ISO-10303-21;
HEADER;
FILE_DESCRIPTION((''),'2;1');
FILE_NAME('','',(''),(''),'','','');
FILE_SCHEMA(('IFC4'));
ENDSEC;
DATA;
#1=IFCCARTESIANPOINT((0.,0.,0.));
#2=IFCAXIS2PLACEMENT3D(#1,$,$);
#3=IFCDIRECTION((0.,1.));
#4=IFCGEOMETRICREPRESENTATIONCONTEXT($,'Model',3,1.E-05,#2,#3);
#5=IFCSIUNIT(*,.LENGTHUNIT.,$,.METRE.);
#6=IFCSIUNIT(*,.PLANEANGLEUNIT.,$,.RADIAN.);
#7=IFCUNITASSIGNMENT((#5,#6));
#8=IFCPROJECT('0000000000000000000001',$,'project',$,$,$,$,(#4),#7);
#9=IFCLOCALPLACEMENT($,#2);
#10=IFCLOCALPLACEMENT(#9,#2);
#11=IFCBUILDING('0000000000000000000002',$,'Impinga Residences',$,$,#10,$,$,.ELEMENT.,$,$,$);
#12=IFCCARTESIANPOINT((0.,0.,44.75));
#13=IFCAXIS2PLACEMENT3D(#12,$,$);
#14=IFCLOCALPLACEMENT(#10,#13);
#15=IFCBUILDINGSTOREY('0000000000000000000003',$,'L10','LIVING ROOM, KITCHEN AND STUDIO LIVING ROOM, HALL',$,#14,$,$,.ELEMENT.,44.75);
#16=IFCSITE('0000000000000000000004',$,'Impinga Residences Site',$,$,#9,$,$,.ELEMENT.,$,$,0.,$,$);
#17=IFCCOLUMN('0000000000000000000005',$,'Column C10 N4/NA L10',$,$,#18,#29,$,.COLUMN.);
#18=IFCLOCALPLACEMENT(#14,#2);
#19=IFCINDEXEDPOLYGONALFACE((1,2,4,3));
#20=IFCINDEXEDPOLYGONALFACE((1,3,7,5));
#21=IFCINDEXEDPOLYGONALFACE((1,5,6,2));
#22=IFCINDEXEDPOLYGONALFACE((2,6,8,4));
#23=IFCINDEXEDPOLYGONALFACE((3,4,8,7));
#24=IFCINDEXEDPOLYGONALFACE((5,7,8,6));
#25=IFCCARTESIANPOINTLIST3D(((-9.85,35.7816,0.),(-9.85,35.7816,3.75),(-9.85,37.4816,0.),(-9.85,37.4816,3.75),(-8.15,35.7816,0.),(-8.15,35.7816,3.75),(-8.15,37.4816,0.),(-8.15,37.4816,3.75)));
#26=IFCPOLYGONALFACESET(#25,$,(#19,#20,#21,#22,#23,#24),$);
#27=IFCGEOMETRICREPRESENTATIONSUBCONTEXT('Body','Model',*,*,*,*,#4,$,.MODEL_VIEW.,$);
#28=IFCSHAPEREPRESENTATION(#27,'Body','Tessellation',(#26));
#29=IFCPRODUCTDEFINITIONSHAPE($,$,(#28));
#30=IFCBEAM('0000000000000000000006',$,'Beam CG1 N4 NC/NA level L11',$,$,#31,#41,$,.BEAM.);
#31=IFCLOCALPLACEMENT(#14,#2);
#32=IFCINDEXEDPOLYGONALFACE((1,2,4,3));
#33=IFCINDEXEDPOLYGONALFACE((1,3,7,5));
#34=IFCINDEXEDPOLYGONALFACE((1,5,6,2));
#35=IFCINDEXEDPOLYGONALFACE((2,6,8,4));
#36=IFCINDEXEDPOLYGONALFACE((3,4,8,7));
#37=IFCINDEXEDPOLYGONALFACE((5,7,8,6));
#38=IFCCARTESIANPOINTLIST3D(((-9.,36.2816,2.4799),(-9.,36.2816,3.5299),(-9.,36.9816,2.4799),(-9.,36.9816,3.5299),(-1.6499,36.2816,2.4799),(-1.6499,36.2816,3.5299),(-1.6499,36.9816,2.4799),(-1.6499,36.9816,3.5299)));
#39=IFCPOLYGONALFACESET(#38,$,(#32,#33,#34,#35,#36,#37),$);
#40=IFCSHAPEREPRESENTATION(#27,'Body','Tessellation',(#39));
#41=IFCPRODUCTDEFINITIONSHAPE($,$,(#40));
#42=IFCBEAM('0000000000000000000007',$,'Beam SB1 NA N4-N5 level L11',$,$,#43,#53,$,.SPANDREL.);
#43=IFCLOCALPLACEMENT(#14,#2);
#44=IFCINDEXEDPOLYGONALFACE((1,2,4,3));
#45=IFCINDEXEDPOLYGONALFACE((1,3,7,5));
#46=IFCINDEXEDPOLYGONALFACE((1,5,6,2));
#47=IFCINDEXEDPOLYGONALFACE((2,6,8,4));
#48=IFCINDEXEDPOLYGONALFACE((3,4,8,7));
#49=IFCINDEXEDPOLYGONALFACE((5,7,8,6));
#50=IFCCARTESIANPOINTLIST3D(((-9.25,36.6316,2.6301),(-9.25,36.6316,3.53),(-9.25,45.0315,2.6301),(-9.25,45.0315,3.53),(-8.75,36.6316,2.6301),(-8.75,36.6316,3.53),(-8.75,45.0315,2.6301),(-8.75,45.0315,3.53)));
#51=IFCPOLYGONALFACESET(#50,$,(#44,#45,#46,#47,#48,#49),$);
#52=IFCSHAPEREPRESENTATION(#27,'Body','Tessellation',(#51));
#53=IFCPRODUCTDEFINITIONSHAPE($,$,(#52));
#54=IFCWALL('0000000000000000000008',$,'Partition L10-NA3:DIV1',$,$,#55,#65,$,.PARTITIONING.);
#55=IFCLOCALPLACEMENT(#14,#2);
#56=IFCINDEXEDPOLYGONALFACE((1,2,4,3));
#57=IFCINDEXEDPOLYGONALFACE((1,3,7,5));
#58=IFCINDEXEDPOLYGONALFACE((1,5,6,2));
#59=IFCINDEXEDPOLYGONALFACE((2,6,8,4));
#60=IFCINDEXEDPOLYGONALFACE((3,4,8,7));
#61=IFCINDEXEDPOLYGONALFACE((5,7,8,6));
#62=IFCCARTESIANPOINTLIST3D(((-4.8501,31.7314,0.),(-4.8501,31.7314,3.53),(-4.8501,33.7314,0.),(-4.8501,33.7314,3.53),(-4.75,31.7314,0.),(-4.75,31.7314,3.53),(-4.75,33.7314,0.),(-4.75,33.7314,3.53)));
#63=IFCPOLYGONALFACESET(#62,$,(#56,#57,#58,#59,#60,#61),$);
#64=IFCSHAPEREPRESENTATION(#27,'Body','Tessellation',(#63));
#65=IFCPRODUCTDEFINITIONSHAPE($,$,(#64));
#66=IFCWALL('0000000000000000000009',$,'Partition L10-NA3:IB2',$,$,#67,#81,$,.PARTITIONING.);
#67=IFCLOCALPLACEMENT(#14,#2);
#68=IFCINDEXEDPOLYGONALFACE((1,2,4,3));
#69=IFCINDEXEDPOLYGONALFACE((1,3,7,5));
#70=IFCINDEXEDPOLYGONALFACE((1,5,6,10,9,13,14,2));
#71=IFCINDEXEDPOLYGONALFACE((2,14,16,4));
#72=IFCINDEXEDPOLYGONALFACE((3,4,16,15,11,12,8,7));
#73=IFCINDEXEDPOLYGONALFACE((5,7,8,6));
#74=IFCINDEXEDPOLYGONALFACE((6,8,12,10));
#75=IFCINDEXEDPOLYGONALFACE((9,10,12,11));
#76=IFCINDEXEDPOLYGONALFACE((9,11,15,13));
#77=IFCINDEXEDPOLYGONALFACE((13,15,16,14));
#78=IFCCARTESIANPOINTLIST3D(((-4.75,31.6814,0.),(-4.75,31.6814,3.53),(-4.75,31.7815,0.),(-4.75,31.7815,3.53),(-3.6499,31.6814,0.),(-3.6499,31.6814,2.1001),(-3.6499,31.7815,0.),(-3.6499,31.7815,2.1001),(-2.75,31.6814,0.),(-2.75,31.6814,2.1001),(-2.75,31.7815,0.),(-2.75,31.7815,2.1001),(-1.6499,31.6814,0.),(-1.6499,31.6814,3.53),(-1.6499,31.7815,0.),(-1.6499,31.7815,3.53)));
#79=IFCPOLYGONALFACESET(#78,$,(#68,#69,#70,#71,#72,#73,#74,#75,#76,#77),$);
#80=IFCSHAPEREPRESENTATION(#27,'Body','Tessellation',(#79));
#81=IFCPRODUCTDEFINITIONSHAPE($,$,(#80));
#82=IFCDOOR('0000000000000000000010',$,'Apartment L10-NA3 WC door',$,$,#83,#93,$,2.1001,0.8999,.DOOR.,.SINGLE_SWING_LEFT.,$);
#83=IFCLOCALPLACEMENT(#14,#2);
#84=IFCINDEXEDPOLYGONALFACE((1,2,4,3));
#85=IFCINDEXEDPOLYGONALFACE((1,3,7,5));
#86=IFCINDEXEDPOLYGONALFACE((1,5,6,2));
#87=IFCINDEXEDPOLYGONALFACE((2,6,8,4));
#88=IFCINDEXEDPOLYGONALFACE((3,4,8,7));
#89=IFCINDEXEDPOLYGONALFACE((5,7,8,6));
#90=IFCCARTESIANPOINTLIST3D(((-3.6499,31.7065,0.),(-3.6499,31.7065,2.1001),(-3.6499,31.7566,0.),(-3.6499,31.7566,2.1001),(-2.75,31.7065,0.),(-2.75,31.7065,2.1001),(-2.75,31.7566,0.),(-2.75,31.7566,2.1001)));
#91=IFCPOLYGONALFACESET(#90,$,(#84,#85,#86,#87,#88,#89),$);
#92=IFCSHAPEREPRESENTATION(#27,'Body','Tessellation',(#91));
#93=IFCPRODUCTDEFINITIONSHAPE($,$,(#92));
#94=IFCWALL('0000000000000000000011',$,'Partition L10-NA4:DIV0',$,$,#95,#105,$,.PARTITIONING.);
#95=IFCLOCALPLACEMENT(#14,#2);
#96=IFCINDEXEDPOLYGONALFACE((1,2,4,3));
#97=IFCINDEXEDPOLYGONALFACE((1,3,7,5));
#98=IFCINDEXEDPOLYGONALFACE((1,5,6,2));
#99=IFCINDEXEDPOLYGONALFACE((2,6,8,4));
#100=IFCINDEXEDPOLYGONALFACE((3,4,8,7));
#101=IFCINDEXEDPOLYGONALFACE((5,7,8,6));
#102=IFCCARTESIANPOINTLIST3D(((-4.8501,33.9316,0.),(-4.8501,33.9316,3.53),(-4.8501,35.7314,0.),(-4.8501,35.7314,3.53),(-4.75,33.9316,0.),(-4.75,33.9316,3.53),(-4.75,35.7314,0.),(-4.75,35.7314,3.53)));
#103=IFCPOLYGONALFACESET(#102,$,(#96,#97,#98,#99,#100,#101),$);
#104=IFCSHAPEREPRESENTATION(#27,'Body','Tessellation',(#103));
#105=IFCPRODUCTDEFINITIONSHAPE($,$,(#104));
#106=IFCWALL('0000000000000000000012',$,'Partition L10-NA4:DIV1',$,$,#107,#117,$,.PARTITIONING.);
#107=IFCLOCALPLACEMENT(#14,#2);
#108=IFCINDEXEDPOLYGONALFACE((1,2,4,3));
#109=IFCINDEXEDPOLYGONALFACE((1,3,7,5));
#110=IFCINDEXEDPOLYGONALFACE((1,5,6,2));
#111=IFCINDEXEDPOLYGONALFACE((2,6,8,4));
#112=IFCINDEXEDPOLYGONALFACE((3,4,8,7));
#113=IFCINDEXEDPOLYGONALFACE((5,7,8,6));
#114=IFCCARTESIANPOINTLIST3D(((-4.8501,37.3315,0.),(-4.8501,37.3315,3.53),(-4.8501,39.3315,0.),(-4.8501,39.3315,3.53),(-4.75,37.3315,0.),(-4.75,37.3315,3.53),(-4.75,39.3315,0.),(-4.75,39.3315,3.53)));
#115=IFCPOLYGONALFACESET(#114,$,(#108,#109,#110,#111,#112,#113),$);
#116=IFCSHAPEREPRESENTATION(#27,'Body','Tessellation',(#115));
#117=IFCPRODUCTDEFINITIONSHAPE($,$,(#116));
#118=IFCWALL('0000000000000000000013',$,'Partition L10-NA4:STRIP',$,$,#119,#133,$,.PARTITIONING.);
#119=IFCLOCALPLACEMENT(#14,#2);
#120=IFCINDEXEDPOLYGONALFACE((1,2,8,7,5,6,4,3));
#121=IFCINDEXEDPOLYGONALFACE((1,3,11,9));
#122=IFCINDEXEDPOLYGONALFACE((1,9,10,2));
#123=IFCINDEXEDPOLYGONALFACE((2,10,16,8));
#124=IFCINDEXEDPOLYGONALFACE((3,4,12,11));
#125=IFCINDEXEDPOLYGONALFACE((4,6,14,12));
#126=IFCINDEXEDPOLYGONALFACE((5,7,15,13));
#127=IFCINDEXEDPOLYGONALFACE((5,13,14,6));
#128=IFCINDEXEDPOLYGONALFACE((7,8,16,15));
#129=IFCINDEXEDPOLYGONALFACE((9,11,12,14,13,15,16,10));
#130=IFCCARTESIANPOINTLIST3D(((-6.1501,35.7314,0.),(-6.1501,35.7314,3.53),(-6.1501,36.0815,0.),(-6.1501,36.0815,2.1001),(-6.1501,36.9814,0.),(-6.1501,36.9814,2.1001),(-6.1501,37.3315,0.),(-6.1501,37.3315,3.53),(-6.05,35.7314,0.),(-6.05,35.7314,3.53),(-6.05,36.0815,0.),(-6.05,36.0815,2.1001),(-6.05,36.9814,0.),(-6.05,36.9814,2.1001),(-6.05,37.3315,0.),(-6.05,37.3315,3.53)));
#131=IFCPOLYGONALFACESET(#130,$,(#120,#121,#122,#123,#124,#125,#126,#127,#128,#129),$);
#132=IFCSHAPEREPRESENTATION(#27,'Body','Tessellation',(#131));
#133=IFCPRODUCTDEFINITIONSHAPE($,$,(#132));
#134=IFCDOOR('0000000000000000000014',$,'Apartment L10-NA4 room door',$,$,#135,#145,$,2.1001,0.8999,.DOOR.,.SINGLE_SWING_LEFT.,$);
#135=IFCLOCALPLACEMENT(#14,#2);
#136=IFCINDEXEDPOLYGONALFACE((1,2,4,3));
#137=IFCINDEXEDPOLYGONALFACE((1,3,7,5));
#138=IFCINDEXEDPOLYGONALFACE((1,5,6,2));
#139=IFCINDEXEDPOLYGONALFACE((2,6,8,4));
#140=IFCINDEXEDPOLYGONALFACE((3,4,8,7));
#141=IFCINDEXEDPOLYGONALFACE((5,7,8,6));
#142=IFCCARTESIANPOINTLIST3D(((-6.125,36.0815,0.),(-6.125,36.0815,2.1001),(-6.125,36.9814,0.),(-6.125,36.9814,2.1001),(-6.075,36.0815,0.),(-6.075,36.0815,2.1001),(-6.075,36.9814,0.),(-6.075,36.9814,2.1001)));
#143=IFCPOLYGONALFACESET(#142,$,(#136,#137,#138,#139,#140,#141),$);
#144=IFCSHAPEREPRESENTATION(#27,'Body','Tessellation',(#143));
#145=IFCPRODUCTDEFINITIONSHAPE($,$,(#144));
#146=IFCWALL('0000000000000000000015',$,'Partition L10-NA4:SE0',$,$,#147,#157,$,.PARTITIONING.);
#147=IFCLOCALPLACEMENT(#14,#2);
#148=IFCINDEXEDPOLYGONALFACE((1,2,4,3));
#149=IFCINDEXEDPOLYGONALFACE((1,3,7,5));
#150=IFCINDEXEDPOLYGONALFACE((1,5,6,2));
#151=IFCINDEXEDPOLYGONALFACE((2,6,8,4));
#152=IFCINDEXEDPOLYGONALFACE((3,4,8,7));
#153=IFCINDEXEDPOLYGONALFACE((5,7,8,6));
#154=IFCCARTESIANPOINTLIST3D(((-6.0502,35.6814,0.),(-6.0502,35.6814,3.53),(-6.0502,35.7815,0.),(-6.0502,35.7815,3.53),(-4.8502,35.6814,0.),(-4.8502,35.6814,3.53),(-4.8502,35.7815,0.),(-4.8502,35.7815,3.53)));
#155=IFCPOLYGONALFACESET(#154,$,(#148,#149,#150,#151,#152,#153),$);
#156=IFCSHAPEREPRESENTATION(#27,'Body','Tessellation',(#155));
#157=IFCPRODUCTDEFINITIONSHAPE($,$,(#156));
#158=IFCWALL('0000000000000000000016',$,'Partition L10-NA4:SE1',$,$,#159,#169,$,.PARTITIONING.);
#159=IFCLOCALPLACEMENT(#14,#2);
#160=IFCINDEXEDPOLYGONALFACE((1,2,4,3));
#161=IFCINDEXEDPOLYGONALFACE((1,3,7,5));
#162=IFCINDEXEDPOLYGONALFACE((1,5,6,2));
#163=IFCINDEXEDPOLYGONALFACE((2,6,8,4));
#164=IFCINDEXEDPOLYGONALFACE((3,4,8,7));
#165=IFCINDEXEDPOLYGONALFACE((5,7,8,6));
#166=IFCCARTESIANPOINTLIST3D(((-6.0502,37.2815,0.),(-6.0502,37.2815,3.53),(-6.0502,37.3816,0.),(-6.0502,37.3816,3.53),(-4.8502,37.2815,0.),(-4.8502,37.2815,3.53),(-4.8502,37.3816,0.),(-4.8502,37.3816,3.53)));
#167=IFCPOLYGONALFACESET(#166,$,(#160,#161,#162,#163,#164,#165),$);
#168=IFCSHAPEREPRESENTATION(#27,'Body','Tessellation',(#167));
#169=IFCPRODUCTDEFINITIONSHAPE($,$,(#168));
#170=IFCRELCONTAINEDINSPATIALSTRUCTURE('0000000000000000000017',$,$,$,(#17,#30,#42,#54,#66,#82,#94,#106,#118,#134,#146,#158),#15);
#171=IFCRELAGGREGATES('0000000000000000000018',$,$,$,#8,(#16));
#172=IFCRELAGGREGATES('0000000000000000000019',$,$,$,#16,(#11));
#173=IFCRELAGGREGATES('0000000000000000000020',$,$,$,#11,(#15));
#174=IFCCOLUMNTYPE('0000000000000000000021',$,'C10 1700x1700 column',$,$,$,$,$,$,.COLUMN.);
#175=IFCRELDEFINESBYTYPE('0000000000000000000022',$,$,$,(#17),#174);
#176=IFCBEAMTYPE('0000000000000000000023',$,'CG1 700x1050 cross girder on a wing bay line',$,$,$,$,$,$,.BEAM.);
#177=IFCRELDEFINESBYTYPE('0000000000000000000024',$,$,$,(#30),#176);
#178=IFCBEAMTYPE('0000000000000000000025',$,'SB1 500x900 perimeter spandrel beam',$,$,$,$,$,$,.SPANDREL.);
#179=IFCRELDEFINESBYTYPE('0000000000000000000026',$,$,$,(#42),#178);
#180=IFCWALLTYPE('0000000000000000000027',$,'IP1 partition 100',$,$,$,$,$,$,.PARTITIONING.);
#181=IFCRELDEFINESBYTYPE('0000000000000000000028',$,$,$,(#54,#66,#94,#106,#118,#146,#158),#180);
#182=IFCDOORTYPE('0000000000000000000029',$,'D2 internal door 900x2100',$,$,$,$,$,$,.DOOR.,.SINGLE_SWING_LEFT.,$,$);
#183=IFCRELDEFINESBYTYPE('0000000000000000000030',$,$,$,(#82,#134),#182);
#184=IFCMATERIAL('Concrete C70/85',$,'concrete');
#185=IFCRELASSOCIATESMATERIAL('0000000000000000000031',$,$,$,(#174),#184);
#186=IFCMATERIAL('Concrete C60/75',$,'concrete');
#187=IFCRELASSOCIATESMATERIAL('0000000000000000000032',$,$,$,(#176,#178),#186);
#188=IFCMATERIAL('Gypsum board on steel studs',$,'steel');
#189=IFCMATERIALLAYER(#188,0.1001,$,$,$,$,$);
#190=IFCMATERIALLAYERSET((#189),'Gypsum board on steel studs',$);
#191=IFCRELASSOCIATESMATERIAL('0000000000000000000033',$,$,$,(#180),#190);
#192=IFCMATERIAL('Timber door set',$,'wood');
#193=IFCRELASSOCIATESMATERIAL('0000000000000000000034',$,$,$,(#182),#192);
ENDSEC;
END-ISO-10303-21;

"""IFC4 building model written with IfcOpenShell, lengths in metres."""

from ifc_helpers import new_model, si_unit, direction, frame, frame_2d, origin, origin_2d, place, context, subcontext, project, spatial, rectangle, extrude, material, layer, layer_set, material_profile, profile_set, type_object, element, fill, save


model = new_model("IFC4")

# Units and contexts
model_context = context("Model", 3, precision=1e-05, world=origin(), true_north=direction((0.0, 1.0)))
body_context = subcontext(model_context, "Body", "Model", "MODEL_VIEW")
ifc_project = project(units=[si_unit("LENGTHUNIT", "METRE"), si_unit("PLANEANGLEUNIT", "RADIAN")], contexts=[model_context])

# Site, building, storey
site_placement = place(None, origin())
site = spatial("IfcSite", under=ifc_project, at=site_placement, Name="Impinga Residences Site", CompositionType="ELEMENT", RefElevation=0.0)
building_placement = place(site_placement, origin())
building = spatial("IfcBuilding", under=site, at=building_placement, Name="Impinga Residences", CompositionType="ELEMENT")
storey_placement = place(building_placement, frame((0.0, 0.0, 44.75)))
storey = spatial("IfcBuildingStorey", under=building, at=storey_placement, Name="L10", Description="LIVING ROOM, KITCHEN AND STUDIO LIVING ROOM, HALL", CompositionType="ELEMENT", Elevation=44.75)

# Column
ifc_material_1 = material(Name="Concrete C70/85", Category="concrete")
ifc_material_profile_1 = material_profile(ifc_material_1, rectangle(XDim=1.7, YDim=1.7, at=origin_2d()), Name="RC 1700x1700")
ifc_profile_set_1 = profile_set([ifc_material_profile_1], Name="Concrete C70/85")
column_type = type_object("IfcColumnType", Name="C10 1700x1700 column", PredefinedType="COLUMN", material=ifc_profile_set_1)
column_placement = place(storey_placement, frame((-9.0, 36.6316, 0.0), z_axis=(0.0, 0.0, 1.0), x_axis=(1.0, 0.0, 0.0)))
element("IfcColumn", 1, at=column_placement, inside=storey, type_object=column_type, Name="Column C10 N4/NA L10", PredefinedType="COLUMN", context=body_context, shape_type="SweptSolid", body=[
    extrude(rectangle(XDim=1.7, YDim=1.7, at=origin_2d()), origin(), (0.0, 0.0, 1.0), 3.75),
])

# Beams
ifc_material_2 = material(Name="Concrete C60/75", Category="concrete")
ifc_material_profile_2 = material_profile(ifc_material_2, rectangle(XDim=0.7, YDim=1.05, at=origin_2d()), Name="RC 700x1050")
ifc_profile_set_2 = profile_set([ifc_material_profile_2], Name="Concrete C60/75")
beam_type_1 = type_object("IfcBeamType", Name="CG1 700x1050 cross girder on a wing bay line", PredefinedType="BEAM", material=ifc_profile_set_2)
beam_1_placement = place(storey_placement, frame((-1.6499, 36.6316, 3.0049), z_axis=(-1.0, 0.0, 0.0), x_axis=(0.0, -1.0, 0.0)))
element("IfcBeam", 2, at=beam_1_placement, inside=storey, type_object=beam_type_1, Name="Beam CG1 N4 NC/NA level L11", PredefinedType="BEAM", context=body_context, shape_type="SweptSolid", body=[
    extrude(rectangle(XDim=0.7, YDim=1.05, at=origin_2d()), origin(), (0.0, 0.0, 1.0), 7.3501),
])
ifc_material_profile_3 = material_profile(ifc_material_2, rectangle(XDim=0.5, YDim=0.8999, at=origin_2d()), Name="RC 500x900")
ifc_profile_set_3 = profile_set([ifc_material_profile_3], Name="Concrete C60/75")
beam_type_2 = type_object("IfcBeamType", Name="SB1 500x900 perimeter spandrel beam", PredefinedType="SPANDREL", material=ifc_profile_set_3)
beam_2_placement = place(storey_placement, frame((-9.0, 36.6316, 3.0801), z_axis=(0.0, 1.0, 0.0), x_axis=(-1.0, 0.0, 0.0)))
element("IfcBeam", 3, at=beam_2_placement, inside=storey, type_object=beam_type_2, Name="Beam SB1 NA N4-N5 level L11", PredefinedType="SPANDREL", context=body_context, shape_type="SweptSolid", body=[
    extrude(rectangle(XDim=0.5, YDim=0.8999, at=origin_2d()), origin(), (0.0, 0.0, 1.0), 8.3999),
])

# Wall
ifc_material_3 = material(Name="Gypsum board on steel studs", Category="steel")
ifc_layer_1 = layer(ifc_material_3, 0.1001)
ifc_layer_set_1 = layer_set([ifc_layer_1], Name="Gypsum board on steel studs")
wall_type_1 = type_object("IfcWallType", Name="IP1 partition 100", PredefinedType="PARTITIONING", material=ifc_layer_set_1)
wall_1_placement = place(storey_placement, frame((-4.8, 31.7314, 0.0), z_axis=(0.0, 0.0, 1.0), x_axis=(0.0, 1.0, 0.0)))
element("IfcWall", 4, at=wall_1_placement, inside=storey, type_object=wall_type_1, Name="Partition L10-NA3:DIV1", PredefinedType="PARTITIONING", context=body_context, shape_type="SweptSolid", body=[
    extrude(rectangle(XDim=2.0, YDim=0.1001, at=frame_2d((1.0, 0.0))), origin(), (0.0, 0.0, 1.0), 3.53),
])

# Wall, opening, door
wall_2_placement = place(storey_placement, frame((-1.6499, 31.7314, 0.0), z_axis=(0.0, 0.0, 1.0), x_axis=(-1.0, 0.0, 0.0)))
wall_2 = element("IfcWall", 5, at=wall_2_placement, inside=storey, type_object=wall_type_1, Name="Partition L10-NA3:IB2", PredefinedType="PARTITIONING", context=body_context, shape_type="SweptSolid", body=[
    extrude(rectangle(XDim=3.1001, YDim=0.1001, at=frame_2d((1.55, 0.0))), origin(), (0.0, 0.0, 1.0), 3.53),
])
opening_1_placement = place(wall_2_placement, frame((1.1001, 0.0, 0.0)))
opening_1 = element("IfcOpeningElement", 6, at=opening_1_placement, cuts=wall_2, PredefinedType="OPENING", context=body_context, shape_type="SweptSolid", body=[
    extrude(rectangle(XDim=0.8999, YDim=2.1001, at=frame_2d((0.45, 1.05))), frame((0.0, 0.0601, 0.0), z_axis=(0.0, -1.0, 0.0), x_axis=(1.0, 0.0, 0.0)), (0.0, 0.0, 1.0), 0.1201),
])
ifc_material_4 = material(Name="Timber door set", Category="wood")
door_type = type_object("IfcDoorType", Name="D2 internal door 900x2100", OperationType="SINGLE_SWING_LEFT", PredefinedType="DOOR", material=ifc_material_4)
door_1_placement = place(opening_1_placement, origin())
door_1 = element("IfcDoor", 7, at=door_1_placement, inside=storey, type_object=door_type, Name="Apartment L10-NA3 WC door", OperationType="SINGLE_SWING_LEFT", OverallHeight=2.1001, OverallWidth=0.8999, PredefinedType="DOOR", context=body_context, shape_type="SweptSolid", body=[
    extrude(rectangle(XDim=0.8999, YDim=2.1001, at=frame_2d((0.45, 1.05))), frame((0.0, 0.0249, 0.0), z_axis=(0.0, -1.0, 0.0), x_axis=(1.0, 0.0, 0.0)), (0.0, 0.0, 1.0), 0.05),
])
fill(opening_1, door_1)

# Walls
wall_3_placement = place(storey_placement, frame((-4.8, 33.9316, 0.0), z_axis=(0.0, 0.0, 1.0), x_axis=(0.0, 1.0, 0.0)))
element("IfcWall", 8, at=wall_3_placement, inside=storey, type_object=wall_type_1, Name="Partition L10-NA4:DIV0", PredefinedType="PARTITIONING", context=body_context, shape_type="SweptSolid", body=[
    extrude(rectangle(XDim=1.7998, YDim=0.1001, at=frame_2d((0.8999, 0.0))), origin(), (0.0, 0.0, 1.0), 3.53),
])
wall_4_placement = place(storey_placement, frame((-4.8, 37.3315, 0.0), z_axis=(0.0, 0.0, 1.0), x_axis=(0.0, 1.0, 0.0)))
element("IfcWall", 9, at=wall_4_placement, inside=storey, type_object=wall_type_1, Name="Partition L10-NA4:DIV1", PredefinedType="PARTITIONING", context=body_context, shape_type="SweptSolid", body=[
    extrude(rectangle(XDim=2.0, YDim=0.1001, at=frame_2d((1.0, 0.0))), origin(), (0.0, 0.0, 1.0), 3.53),
])

# Wall, opening, door
wall_5_placement = place(storey_placement, frame((-6.1001, 35.7314, 0.0), z_axis=(0.0, 0.0, 1.0), x_axis=(0.0, 1.0, 0.0)))
wall_5 = element("IfcWall", 10, at=wall_5_placement, inside=storey, type_object=wall_type_1, Name="Partition L10-NA4:STRIP", PredefinedType="PARTITIONING", context=body_context, shape_type="SweptSolid", body=[
    extrude(rectangle(XDim=1.6001, YDim=0.1001, at=frame_2d((0.8, 0.0))), origin(), (0.0, 0.0, 1.0), 3.53),
])
opening_2_placement = place(wall_5_placement, frame((0.3501, 0.0, 0.0)))
opening_2 = element("IfcOpeningElement", 11, at=opening_2_placement, cuts=wall_5, PredefinedType="OPENING", context=body_context, shape_type="SweptSolid", body=[
    extrude(rectangle(XDim=0.8999, YDim=2.1001, at=frame_2d((0.45, 1.05))), frame((0.0, 0.0601, 0.0), z_axis=(0.0, -1.0, 0.0), x_axis=(1.0, 0.0, 0.0)), (0.0, 0.0, 1.0), 0.1201),
])
door_2_placement = place(opening_2_placement, origin())
door_2 = element("IfcDoor", 12, at=door_2_placement, inside=storey, type_object=door_type, Name="Apartment L10-NA4 room door", OperationType="SINGLE_SWING_LEFT", OverallHeight=2.1001, OverallWidth=0.8999, PredefinedType="DOOR", context=body_context, shape_type="SweptSolid", body=[
    extrude(rectangle(XDim=0.8999, YDim=2.1001, at=frame_2d((0.45, 1.05))), frame((0.0, 0.0249, 0.0), z_axis=(0.0, -1.0, 0.0), x_axis=(1.0, 0.0, 0.0)), (0.0, 0.0, 1.0), 0.05),
])
fill(opening_2, door_2)

# Walls
for number, where, z_axis, x_axis, name in (
    (13, (-4.8501, 35.7314, 0.0), (0.0, 0.0, 1.0), (-1.0, 0.0, 0.0), "Partition L10-NA4:SE0"),
    (14, (-4.8501, 37.3315, 0.0), (0.0, 0.0, 1.0), (-1.0, 0.0, 0.0), "Partition L10-NA4:SE1"),
):
    element("IfcWall", number, at=place(storey_placement, frame(where, z_axis=z_axis, x_axis=x_axis)), inside=storey, type_object=wall_type_1, Name=name, PredefinedType="PARTITIONING", context=body_context, shape_type="SweptSolid", body=[
        extrude(rectangle(XDim=1.2, YDim=0.1001, at=frame_2d((0.6001, 0.0))), origin(), (0.0, 0.0, 1.0), 3.53),
    ])

save(model, "model.ifc")
